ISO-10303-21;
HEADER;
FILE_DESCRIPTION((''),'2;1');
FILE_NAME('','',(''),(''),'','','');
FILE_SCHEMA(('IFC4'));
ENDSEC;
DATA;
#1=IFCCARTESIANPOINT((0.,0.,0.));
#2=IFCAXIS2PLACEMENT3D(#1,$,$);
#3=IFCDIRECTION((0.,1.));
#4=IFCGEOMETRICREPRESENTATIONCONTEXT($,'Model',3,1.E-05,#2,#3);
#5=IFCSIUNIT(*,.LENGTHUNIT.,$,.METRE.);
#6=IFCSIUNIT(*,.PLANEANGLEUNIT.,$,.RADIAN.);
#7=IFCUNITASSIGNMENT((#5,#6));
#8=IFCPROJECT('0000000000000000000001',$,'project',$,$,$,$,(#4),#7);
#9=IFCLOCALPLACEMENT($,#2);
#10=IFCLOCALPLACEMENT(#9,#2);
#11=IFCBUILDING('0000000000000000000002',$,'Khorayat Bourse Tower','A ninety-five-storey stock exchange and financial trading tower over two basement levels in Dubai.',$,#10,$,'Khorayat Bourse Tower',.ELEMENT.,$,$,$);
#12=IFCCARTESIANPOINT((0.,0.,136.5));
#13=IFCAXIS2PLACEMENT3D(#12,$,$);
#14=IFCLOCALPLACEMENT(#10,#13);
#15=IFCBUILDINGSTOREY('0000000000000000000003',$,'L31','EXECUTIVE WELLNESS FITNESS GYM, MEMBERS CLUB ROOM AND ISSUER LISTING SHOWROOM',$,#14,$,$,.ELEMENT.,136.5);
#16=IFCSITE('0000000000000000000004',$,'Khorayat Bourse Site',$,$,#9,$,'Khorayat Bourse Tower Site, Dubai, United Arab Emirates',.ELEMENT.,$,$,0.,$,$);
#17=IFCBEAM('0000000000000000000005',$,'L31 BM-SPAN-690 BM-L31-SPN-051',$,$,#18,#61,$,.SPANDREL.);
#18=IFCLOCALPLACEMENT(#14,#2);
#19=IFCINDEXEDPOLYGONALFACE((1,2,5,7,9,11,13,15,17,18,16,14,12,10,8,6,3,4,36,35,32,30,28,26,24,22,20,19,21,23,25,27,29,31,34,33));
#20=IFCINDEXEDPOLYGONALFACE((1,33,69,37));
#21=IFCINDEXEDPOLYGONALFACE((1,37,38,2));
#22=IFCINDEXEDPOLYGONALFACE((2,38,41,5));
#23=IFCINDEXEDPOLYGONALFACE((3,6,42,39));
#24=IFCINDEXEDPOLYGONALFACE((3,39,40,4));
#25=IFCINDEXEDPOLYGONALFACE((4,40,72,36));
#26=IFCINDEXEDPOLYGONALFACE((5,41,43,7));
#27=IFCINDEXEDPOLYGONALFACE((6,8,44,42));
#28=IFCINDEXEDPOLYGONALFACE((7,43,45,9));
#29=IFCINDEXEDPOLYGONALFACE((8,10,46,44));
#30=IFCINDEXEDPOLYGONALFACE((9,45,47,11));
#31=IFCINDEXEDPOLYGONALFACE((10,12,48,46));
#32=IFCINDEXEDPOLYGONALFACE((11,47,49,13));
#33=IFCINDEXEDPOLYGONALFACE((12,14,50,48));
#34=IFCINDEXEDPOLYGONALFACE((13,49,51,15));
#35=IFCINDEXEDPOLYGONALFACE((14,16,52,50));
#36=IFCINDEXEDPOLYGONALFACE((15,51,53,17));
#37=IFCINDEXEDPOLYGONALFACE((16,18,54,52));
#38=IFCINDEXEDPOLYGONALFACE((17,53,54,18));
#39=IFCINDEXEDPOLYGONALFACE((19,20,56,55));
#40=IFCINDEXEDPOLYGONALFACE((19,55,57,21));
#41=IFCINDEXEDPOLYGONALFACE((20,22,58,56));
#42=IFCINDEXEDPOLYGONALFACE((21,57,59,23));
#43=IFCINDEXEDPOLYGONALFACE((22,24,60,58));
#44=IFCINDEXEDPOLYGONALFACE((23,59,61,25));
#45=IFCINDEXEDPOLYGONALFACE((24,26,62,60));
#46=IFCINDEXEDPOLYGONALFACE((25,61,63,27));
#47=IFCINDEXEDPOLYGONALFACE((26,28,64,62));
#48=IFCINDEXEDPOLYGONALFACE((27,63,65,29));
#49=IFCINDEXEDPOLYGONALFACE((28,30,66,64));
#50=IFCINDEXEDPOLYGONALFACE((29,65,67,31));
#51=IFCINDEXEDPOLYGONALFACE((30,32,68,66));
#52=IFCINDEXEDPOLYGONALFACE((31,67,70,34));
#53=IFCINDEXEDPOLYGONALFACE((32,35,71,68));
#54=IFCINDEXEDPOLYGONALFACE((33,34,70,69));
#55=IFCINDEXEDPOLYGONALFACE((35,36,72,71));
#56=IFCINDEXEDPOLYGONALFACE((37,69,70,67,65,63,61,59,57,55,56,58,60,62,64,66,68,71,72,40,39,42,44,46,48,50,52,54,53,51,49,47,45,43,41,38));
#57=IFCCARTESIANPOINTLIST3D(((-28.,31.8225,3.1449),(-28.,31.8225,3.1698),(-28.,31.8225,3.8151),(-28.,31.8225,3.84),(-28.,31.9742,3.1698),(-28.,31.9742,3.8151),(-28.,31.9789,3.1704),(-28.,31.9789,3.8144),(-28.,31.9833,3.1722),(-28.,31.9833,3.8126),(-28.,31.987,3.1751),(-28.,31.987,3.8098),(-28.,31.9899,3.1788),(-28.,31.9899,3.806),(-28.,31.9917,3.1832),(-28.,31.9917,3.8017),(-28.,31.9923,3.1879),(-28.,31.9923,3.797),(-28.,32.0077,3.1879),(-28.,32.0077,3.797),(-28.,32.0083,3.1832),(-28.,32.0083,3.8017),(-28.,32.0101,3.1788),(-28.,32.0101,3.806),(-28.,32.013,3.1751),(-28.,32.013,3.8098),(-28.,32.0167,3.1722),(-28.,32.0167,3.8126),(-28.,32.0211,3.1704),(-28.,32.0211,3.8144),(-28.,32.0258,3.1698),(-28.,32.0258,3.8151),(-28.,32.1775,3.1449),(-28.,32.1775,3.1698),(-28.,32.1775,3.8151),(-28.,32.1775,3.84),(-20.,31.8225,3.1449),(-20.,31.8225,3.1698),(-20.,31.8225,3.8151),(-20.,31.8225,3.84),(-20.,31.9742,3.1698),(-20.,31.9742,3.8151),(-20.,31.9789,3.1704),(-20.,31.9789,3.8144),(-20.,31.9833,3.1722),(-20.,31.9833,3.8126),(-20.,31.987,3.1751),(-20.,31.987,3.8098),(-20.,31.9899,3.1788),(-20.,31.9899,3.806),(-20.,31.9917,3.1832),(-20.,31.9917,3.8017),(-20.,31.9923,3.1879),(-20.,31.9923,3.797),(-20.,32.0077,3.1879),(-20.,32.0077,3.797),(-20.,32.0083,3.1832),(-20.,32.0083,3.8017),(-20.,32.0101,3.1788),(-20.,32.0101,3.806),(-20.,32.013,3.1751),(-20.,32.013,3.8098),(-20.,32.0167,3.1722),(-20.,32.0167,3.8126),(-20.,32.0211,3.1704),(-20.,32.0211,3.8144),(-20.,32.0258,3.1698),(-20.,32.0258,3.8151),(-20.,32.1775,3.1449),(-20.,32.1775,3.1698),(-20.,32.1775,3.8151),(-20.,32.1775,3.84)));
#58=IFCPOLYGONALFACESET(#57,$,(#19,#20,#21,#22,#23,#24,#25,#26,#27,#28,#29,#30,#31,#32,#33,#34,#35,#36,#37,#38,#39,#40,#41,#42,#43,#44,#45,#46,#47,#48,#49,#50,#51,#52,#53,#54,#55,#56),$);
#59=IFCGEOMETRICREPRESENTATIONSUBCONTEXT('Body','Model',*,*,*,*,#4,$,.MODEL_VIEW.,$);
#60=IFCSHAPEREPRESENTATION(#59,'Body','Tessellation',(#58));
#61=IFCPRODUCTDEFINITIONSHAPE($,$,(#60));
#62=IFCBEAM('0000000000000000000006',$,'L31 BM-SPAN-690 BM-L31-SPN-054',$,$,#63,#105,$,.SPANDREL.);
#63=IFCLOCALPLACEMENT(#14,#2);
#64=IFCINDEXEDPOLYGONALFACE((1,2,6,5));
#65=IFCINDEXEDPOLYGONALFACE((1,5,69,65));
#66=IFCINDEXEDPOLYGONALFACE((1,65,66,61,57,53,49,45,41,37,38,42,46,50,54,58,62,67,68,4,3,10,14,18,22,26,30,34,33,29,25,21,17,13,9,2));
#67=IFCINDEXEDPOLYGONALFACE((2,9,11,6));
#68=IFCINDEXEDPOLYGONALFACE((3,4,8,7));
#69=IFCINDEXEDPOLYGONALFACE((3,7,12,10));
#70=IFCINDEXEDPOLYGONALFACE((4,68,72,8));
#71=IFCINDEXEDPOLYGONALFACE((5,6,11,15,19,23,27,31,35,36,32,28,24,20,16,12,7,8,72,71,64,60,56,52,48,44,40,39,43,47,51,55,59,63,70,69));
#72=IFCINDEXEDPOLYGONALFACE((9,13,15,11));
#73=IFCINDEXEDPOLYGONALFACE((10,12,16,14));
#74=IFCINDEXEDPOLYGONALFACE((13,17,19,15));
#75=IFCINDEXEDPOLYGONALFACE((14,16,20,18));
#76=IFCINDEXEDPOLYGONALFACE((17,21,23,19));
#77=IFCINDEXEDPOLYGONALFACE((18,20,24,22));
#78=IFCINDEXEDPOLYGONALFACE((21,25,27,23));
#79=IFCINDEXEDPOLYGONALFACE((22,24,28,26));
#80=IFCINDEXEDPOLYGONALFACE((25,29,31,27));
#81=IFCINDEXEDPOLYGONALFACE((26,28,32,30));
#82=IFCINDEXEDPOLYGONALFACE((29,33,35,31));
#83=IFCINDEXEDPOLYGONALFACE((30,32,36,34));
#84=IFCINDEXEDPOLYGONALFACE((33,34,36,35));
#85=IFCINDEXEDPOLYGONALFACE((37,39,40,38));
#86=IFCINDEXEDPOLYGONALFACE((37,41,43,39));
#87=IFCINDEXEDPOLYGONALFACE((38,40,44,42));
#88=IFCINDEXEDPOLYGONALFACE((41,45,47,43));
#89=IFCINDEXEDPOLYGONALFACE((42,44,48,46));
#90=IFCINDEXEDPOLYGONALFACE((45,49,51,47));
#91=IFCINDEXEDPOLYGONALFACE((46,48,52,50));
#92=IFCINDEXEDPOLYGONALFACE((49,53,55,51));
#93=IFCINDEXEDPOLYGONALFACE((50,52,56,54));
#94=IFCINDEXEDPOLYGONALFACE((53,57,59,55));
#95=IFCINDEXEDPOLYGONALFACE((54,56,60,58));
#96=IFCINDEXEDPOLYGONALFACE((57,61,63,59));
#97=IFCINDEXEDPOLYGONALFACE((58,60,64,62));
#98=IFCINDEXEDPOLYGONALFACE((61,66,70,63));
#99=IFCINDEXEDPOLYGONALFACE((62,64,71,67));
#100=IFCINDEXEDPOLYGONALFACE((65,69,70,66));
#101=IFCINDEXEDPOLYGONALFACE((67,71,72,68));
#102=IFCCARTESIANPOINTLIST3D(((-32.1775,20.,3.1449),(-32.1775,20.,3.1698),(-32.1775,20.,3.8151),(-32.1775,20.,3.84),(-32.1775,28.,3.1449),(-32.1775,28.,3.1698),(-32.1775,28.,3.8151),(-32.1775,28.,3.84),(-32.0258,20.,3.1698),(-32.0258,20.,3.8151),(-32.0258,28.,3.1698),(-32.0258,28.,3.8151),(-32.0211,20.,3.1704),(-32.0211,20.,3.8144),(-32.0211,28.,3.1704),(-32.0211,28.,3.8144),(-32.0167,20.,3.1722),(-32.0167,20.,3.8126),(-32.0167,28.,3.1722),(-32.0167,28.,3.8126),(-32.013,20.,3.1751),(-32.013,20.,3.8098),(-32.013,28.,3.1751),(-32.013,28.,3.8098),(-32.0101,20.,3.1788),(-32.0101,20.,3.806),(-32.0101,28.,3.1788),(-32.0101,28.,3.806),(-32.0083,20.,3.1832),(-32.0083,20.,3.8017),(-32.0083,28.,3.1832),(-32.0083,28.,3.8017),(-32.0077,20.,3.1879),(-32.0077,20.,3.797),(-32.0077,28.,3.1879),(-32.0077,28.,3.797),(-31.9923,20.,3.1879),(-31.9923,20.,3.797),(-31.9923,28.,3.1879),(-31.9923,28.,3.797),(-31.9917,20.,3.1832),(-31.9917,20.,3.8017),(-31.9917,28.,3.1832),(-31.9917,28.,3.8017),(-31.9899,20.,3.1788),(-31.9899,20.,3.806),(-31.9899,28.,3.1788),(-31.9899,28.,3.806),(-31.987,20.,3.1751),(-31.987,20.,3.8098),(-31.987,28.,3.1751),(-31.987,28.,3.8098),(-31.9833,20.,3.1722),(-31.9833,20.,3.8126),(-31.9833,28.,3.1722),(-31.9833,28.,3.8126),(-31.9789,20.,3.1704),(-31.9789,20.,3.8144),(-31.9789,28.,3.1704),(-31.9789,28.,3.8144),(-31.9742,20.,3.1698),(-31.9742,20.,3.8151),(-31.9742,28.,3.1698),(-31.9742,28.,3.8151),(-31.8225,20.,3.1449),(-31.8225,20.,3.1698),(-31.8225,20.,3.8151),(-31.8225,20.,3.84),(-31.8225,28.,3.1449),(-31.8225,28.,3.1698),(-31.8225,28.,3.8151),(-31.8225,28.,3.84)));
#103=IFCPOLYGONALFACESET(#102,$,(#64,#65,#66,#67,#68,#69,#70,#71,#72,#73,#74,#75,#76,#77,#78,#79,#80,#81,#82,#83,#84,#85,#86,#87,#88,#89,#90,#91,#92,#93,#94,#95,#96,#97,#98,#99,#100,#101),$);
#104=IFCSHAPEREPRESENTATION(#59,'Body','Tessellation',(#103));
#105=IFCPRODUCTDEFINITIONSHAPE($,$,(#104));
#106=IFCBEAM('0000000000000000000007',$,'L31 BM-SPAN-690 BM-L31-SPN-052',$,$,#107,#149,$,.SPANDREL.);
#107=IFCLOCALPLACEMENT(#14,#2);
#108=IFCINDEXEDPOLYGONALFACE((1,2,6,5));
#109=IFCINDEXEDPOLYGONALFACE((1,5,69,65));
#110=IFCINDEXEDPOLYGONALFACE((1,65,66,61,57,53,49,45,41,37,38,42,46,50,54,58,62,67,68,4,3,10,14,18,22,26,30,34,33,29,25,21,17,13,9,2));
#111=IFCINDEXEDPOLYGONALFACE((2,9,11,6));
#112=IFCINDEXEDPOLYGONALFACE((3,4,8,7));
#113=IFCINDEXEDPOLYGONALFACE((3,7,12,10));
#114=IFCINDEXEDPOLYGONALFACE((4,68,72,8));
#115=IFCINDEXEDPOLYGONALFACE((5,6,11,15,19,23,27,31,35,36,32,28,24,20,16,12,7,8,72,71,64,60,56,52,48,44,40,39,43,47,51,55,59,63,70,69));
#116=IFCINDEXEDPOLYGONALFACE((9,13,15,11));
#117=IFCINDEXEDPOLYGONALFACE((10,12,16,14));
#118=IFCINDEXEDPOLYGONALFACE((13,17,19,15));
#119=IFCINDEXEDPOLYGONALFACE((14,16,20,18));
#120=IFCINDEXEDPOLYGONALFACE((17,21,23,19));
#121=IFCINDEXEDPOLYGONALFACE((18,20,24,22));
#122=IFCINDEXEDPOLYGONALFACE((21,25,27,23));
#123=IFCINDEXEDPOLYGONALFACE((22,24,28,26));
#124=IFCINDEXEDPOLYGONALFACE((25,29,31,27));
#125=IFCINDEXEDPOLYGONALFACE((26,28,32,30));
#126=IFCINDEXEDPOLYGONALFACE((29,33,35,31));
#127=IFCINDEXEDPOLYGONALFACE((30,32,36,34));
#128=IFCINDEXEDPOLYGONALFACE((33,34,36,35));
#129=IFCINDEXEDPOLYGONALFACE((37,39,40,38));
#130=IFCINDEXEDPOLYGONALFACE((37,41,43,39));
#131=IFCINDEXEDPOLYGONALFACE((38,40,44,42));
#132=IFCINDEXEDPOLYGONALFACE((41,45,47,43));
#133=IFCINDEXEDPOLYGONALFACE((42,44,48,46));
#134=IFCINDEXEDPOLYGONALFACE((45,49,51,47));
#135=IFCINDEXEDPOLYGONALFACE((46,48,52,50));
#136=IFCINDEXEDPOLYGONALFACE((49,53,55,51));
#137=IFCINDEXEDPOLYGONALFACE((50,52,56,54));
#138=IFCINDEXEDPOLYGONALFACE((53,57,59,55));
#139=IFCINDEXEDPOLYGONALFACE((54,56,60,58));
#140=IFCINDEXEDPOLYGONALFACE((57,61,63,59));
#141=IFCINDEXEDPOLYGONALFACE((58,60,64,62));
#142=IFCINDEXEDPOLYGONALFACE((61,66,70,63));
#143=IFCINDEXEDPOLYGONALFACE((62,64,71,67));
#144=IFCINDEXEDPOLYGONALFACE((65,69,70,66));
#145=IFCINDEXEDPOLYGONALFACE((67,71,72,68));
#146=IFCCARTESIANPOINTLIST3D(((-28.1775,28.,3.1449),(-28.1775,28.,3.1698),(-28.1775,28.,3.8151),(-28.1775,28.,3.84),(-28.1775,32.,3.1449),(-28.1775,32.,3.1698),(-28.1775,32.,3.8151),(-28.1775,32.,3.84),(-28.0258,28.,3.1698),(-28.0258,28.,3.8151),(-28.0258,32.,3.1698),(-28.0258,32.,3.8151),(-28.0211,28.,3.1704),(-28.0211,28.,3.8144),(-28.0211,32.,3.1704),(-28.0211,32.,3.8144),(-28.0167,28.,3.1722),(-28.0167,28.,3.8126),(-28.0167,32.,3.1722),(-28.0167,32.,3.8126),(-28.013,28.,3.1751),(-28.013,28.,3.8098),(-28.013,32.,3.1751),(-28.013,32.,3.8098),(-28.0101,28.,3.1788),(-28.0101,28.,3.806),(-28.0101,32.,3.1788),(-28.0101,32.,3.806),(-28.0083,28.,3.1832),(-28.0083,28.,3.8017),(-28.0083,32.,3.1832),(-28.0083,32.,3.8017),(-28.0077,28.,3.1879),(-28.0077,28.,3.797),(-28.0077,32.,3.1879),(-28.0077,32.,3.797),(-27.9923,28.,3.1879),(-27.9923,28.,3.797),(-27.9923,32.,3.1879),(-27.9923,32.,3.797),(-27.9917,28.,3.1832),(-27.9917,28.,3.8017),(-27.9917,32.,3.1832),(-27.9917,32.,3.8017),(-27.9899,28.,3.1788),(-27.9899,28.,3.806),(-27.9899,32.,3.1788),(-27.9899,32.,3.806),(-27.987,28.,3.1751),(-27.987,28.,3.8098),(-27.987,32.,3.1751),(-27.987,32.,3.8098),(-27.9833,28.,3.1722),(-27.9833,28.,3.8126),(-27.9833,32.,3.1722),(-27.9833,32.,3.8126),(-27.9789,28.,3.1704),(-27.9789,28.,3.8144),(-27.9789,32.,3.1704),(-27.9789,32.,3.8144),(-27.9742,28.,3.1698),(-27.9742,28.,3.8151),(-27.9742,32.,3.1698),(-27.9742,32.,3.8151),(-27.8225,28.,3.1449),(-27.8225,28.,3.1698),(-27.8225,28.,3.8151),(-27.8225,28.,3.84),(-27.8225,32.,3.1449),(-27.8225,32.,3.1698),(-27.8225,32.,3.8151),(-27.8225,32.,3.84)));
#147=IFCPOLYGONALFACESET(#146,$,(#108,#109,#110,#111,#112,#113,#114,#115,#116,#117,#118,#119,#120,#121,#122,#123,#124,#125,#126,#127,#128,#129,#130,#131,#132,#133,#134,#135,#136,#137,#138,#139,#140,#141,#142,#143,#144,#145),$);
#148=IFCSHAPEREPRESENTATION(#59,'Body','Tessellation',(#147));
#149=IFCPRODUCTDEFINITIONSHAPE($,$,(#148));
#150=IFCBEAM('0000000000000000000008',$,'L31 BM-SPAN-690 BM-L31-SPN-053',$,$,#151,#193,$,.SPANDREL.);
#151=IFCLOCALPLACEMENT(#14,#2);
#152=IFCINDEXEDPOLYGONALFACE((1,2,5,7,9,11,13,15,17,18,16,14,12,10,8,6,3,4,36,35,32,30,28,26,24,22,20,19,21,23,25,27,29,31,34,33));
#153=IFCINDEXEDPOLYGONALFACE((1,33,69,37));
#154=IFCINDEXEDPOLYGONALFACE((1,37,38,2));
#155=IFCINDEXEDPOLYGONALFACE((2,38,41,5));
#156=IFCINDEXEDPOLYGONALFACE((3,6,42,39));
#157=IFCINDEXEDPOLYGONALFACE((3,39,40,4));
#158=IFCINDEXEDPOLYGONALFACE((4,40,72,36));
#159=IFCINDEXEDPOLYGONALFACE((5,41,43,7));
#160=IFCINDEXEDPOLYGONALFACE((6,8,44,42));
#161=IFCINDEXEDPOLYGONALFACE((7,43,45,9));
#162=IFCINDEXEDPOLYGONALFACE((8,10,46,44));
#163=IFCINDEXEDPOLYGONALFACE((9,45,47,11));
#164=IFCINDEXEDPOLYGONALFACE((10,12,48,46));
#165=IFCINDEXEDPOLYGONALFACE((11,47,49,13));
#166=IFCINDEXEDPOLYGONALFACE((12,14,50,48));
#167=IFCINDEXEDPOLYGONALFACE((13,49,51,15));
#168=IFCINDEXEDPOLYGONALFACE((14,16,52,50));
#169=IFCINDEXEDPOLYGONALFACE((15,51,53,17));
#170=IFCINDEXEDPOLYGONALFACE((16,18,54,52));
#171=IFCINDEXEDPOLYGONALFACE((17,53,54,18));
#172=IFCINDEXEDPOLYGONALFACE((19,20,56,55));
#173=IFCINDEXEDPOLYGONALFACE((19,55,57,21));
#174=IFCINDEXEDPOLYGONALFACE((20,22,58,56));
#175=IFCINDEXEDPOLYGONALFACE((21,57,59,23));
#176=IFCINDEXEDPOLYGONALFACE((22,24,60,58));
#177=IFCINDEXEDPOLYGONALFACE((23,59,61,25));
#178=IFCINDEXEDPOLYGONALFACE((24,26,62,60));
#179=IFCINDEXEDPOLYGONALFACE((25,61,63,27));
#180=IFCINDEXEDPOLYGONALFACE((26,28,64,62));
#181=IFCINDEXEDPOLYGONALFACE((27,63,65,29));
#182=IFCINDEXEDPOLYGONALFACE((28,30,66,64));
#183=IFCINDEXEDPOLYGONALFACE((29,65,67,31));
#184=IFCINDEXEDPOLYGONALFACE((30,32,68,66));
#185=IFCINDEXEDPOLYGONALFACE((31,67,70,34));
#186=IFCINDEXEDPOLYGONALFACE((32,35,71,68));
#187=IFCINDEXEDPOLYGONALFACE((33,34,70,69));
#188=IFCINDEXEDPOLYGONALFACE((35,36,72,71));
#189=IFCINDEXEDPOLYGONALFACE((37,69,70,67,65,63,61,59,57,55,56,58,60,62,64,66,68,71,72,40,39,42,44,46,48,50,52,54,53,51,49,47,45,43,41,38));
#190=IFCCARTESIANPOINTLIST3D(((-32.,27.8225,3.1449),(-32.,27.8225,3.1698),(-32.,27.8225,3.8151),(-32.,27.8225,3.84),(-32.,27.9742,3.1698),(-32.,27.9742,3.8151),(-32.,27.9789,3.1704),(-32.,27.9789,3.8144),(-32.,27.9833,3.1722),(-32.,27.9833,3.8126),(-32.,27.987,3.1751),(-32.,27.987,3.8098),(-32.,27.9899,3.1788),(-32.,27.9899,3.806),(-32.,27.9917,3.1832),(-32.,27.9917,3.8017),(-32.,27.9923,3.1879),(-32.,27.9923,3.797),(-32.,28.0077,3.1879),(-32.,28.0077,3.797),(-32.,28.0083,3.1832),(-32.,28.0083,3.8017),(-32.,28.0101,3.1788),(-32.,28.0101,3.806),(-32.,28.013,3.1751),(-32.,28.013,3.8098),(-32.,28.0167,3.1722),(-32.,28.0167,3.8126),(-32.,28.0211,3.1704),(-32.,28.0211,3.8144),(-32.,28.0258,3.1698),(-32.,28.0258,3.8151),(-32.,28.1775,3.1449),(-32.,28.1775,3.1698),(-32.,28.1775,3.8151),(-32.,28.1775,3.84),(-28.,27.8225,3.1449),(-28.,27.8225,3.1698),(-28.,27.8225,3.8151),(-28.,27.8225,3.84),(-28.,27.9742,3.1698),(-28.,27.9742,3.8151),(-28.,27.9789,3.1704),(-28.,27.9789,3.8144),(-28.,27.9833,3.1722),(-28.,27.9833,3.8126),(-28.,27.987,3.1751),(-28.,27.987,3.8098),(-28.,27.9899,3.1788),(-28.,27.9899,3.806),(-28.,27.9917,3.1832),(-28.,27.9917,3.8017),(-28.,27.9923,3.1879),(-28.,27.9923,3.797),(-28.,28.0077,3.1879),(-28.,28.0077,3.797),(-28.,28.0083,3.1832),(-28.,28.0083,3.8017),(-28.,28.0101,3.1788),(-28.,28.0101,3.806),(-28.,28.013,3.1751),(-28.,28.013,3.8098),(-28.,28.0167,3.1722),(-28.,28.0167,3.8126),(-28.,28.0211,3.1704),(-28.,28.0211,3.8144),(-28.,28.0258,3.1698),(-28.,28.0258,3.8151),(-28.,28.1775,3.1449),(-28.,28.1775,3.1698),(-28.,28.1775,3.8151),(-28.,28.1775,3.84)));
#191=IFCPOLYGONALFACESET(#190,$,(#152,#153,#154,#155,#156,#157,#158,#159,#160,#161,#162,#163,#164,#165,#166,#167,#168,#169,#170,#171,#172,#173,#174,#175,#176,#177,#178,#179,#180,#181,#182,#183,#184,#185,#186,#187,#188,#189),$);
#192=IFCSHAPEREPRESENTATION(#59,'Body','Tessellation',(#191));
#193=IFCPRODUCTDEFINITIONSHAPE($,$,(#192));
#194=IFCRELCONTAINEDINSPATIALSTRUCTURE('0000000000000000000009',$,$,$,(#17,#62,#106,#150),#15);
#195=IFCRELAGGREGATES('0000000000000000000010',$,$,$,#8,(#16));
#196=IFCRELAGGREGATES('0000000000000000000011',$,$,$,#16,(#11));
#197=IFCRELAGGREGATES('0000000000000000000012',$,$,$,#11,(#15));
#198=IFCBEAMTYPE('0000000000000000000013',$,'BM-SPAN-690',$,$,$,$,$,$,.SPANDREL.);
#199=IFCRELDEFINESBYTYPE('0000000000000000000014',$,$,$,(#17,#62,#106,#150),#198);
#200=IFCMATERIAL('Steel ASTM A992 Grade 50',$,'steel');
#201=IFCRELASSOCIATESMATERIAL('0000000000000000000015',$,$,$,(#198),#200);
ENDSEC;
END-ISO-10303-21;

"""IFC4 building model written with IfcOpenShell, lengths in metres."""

from ifc_helpers import new_model, si_unit, direction, frame, origin, origin_2d, place, context, subcontext, project, spatial, i_section, extrude, source, transform, mapped, material, material_profile, profile_set, type_object, element, save


model = new_model("IFC4")

# Units and contexts
model_context = context("Model", 3, precision=1e-05, world=origin(), true_north=direction((0.0, 1.0)))
body_context = subcontext(model_context, "Body", "Model", "MODEL_VIEW")
ifc_project = project(units=[si_unit("LENGTHUNIT", "METRE"), si_unit("PLANEANGLEUNIT", "RADIAN")], contexts=[model_context])

# Site, building, storey
site_placement = place(None, origin())
site = spatial("IfcSite", under=ifc_project, at=site_placement, Name="Khorayat Bourse Site", LongName="Khorayat Bourse Tower Site, Dubai, United Arab Emirates", CompositionType="ELEMENT", RefElevation=0.0)
building_placement = place(site_placement, origin())
building = spatial("IfcBuilding", under=site, at=building_placement, Name="Khorayat Bourse Tower", Description="A ninety-five-storey stock exchange and financial trading tower over two basement levels in Dubai.", LongName="Khorayat Bourse Tower", CompositionType="ELEMENT")
storey_placement = place(building_placement, frame((0.0, 0.0, 136.5)))
storey = spatial("IfcBuildingStorey", under=building, at=storey_placement, Name="L31", Description="EXECUTIVE WELLNESS FITNESS GYM, MEMBERS CLUB ROOM AND ISSUER LISTING SHOWROOM", CompositionType="ELEMENT", Elevation=136.5)

# Beams
ifc_material_1 = material(Name="Steel ASTM A992 Grade 50", Category="steel")
ifc_material_profile_1 = material_profile(ifc_material_1, i_section(OverallWidth=0.355, OverallDepth=0.6951, WebThickness=0.0154, FlangeThickness=0.0249, FilletRadius=0.0181, at=origin_2d()), Name="W690X217")
ifc_profile_set_1 = profile_set([ifc_material_profile_1], Name="Steel ASTM A992 Grade 50")
beam_type_1 = type_object("IfcBeamType", Name="BM-SPAN-690", PredefinedType="SPANDREL", material=ifc_profile_set_1)
shared_shape_1 = source(origin(), body_context, "Body", "SweptSolid", [
    extrude(i_section(OverallWidth=0.355, OverallDepth=0.6951, WebThickness=0.0154, FlangeThickness=0.0249, FilletRadius=0.0181, at=origin_2d()), origin(), (0.0, 0.0, 1.0), 8.0),
])
for number, where, z_axis, x_axis, name in (
    (1, (-28.0, 32.0, 3.4924), (1.0, 0.0, 0.0), (0.0, 1.0, 0.0), "L31 BM-SPAN-690 BM-L31-SPN-051"),
    (2, (-32.0, 20.0, 3.4924), (0.0, 1.0, 0.0), (-1.0, 0.0, 0.0), "L31 BM-SPAN-690 BM-L31-SPN-054"),
):
    element("IfcBeam", number, at=place(storey_placement, frame(where, z_axis=z_axis, x_axis=x_axis)), inside=storey, type_object=beam_type_1, Name=name, PredefinedType="SPANDREL", context=body_context, shape_type="MappedRepresentation", body=[
        mapped(shared_shape_1, transform((0.0, 0.0, 0.0), scale=1.0)),
    ])
shared_shape_2 = source(origin(), body_context, "Body", "SweptSolid", [
    extrude(i_section(OverallWidth=0.355, OverallDepth=0.6951, WebThickness=0.0154, FlangeThickness=0.0249, FilletRadius=0.0181, at=origin_2d()), origin(), (0.0, 0.0, 1.0), 4.0),
])
for number, where, z_axis, x_axis, name in (
    (3, (-28.0, 28.0, 3.4924), (0.0, 1.0, 0.0), (-1.0, 0.0, 0.0), "L31 BM-SPAN-690 BM-L31-SPN-052"),
    (4, (-32.0, 28.0, 3.4924), (1.0, 0.0, 0.0), (0.0, 1.0, 0.0), "L31 BM-SPAN-690 BM-L31-SPN-053"),
):
    element("IfcBeam", number, at=place(storey_placement, frame(where, z_axis=z_axis, x_axis=x_axis)), inside=storey, type_object=beam_type_1, Name=name, PredefinedType="SPANDREL", context=body_context, shape_type="MappedRepresentation", body=[
        mapped(shared_shape_2, transform((0.0, 0.0, 0.0), scale=1.0)),
    ])

save(model, "model.ifc")
